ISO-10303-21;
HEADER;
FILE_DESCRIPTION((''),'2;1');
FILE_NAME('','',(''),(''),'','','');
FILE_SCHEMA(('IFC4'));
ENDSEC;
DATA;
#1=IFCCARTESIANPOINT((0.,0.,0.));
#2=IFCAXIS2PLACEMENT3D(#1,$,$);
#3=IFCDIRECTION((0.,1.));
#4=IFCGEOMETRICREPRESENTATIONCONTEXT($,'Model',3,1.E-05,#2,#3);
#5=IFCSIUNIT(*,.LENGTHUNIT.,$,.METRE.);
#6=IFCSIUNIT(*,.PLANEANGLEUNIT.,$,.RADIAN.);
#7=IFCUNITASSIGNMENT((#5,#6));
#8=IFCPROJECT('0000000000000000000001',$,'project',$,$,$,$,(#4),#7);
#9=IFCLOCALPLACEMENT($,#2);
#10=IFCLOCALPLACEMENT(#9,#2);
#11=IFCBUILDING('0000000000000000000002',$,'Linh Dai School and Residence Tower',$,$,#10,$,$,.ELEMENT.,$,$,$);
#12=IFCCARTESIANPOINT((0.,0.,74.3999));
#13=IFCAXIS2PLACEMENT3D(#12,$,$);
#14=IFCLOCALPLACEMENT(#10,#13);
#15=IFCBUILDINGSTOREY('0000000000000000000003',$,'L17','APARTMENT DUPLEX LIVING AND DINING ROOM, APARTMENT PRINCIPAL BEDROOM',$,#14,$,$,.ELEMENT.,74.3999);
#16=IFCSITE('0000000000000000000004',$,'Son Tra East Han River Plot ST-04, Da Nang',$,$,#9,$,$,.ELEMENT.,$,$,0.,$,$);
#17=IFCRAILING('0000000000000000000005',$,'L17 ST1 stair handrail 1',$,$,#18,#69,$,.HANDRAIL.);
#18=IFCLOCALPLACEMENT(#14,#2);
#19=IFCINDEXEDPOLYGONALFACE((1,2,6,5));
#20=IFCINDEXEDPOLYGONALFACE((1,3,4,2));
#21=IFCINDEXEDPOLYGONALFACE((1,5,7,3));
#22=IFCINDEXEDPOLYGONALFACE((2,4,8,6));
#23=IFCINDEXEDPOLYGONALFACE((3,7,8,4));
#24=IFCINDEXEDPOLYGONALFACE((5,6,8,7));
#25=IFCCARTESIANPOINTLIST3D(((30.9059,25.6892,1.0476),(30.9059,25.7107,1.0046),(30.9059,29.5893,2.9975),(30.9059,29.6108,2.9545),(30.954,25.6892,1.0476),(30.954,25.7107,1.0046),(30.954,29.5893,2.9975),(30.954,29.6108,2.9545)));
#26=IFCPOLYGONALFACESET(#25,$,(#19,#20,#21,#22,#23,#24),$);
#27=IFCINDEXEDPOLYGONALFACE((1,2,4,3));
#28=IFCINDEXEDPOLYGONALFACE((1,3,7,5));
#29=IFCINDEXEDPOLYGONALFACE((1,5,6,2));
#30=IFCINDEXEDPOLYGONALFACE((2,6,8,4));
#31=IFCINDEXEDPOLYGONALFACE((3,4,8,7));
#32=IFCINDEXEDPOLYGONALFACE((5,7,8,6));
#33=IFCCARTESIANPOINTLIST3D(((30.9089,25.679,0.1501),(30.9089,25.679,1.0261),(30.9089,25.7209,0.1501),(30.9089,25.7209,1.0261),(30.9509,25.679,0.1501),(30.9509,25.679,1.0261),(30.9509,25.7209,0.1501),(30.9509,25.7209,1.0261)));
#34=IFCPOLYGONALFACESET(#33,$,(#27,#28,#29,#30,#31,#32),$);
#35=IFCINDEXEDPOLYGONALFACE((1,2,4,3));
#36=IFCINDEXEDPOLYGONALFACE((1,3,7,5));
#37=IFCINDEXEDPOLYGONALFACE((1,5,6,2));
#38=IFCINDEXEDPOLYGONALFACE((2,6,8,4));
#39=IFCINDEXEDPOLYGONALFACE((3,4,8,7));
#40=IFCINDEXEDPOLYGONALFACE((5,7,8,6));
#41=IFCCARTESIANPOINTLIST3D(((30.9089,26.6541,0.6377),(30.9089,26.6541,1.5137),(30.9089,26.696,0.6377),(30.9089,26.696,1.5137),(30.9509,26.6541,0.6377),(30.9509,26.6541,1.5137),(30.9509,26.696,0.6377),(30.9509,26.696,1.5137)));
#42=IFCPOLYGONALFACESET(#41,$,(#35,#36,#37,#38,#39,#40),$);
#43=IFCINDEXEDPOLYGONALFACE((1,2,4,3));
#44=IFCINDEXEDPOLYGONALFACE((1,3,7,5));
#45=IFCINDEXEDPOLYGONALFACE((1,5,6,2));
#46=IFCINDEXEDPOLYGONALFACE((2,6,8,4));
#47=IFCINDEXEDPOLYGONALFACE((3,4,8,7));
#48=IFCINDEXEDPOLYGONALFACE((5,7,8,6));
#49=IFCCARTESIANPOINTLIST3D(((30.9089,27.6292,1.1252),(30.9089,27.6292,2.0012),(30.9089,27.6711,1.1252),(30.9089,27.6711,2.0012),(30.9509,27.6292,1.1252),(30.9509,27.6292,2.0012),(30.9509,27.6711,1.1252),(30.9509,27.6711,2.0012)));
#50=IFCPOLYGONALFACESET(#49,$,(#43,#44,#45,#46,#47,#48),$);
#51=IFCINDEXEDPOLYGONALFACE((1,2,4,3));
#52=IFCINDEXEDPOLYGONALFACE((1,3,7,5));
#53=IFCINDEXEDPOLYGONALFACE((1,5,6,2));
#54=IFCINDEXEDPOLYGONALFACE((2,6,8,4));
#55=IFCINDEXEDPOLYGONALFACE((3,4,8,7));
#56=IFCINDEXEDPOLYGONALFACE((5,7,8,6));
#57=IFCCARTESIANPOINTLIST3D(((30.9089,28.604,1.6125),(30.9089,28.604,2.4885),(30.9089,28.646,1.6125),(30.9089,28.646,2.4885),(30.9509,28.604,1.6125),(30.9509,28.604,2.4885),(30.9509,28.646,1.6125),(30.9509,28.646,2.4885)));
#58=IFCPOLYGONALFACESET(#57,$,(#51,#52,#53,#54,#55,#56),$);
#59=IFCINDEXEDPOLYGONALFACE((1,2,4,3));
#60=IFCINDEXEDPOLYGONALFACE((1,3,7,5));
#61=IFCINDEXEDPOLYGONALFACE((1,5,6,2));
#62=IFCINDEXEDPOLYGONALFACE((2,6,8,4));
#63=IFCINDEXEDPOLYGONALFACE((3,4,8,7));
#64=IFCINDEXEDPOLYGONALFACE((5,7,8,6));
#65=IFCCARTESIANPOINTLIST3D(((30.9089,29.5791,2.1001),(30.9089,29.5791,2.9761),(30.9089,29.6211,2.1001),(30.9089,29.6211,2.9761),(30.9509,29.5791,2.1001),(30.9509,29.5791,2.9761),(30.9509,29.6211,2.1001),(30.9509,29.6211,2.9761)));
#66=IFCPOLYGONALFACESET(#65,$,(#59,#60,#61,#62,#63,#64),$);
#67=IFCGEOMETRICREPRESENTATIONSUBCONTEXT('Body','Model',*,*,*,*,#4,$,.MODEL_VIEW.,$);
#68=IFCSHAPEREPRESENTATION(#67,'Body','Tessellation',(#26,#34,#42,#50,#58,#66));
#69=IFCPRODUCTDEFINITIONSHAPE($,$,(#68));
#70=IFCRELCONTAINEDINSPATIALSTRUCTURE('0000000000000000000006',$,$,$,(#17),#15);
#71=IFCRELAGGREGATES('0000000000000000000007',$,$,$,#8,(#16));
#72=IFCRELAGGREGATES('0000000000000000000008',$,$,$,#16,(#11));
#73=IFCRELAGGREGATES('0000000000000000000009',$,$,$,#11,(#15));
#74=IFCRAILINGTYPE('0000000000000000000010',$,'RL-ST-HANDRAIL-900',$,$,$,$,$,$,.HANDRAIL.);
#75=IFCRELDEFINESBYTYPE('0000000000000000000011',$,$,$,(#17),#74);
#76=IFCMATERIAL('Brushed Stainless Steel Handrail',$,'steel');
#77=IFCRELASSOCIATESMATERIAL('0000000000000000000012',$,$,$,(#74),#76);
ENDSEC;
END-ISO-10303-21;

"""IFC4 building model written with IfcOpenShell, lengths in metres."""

from ifc_helpers import new_model, si_unit, direction, frame, origin, origin_2d, place, context, subcontext, project, spatial, rectangle, extrude, source, transform, mapped, material, type_object, element, save


model = new_model("IFC4")

# Units and contexts
model_context = context("Model", 3, precision=1e-05, world=origin(), true_north=direction((0.0, 1.0)))
body_context = subcontext(model_context, "Body", "Model", "MODEL_VIEW")
ifc_project = project(units=[si_unit("LENGTHUNIT", "METRE"), si_unit("PLANEANGLEUNIT", "RADIAN")], contexts=[model_context])

# Site, building, storey
site_placement = place(None, origin())
site = spatial("IfcSite", under=ifc_project, at=site_placement, Name="Son Tra East Han River Plot ST-04, Da Nang", CompositionType="ELEMENT", RefElevation=0.0)
building_placement = place(site_placement, origin())
building = spatial("IfcBuilding", under=site, at=building_placement, Name="Linh Dai School and Residence Tower", CompositionType="ELEMENT")
storey_placement = place(building_placement, frame((0.0, 0.0, 74.3999)))
storey = spatial("IfcBuildingStorey", under=building, at=storey_placement, Name="L17", Description="APARTMENT DUPLEX LIVING AND DINING ROOM, APARTMENT PRINCIPAL BEDROOM", CompositionType="ELEMENT", Elevation=74.3999)

# Railing
ifc_material_1 = material(Name="Brushed Stainless Steel Handrail", Category="steel")
railing_type_1 = type_object("IfcRailingType", Name="RL-ST-HANDRAIL-900", PredefinedType="HANDRAIL", material=ifc_material_1)
shared_shape_1 = source(origin(), body_context, "Body", "SweptSolid", [
    extrude(rectangle(XDim=0.0481, YDim=0.0481, at=origin_2d()), frame((0.0, 0.0, 0.876), z_axis=(0.0, 0.894438, 0.447191), x_axis=(-1.0, 0.0, 0.0)), (0.0, 0.0, 1.0), 4.3604),
    extrude(rectangle(XDim=0.042, YDim=0.042, at=origin_2d()), origin(), (0.0, 0.0, 1.0), 0.876),
    extrude(rectangle(XDim=0.042, YDim=0.042, at=origin_2d()), frame((0.0, 0.9751, 0.4875)), (0.0, 0.0, 1.0), 0.876),
    extrude(rectangle(XDim=0.042, YDim=0.042, at=origin_2d()), frame((0.0, 1.9502, 0.9751)), (0.0, 0.0, 1.0), 0.876),
    extrude(rectangle(XDim=0.042, YDim=0.042, at=origin_2d()), frame((0.0, 2.925, 1.4624)), (0.0, 0.0, 1.0), 0.876),
    extrude(rectangle(XDim=0.042, YDim=0.042, at=origin_2d()), frame((0.0, 3.9001, 1.95)), (0.0, 0.0, 1.0), 0.876),
])
railing_1_placement = place(storey_placement, frame((30.9299, 25.7, 0.1501)))
element("IfcRailing", 1, at=railing_1_placement, inside=storey, type_object=railing_type_1, Name="L17 ST1 stair handrail 1", PredefinedType="HANDRAIL", context=body_context, shape_type="MappedRepresentation", body=[
    mapped(shared_shape_1, transform((0.0, 0.0, 0.0), x_axis=(1.0, 0.0, 0.0), y_axis=(0.0, 1.0, 0.0), z_axis=(0.0, 0.0, 1.0), scale=1.0)),
])

save(model, "model.ifc")
